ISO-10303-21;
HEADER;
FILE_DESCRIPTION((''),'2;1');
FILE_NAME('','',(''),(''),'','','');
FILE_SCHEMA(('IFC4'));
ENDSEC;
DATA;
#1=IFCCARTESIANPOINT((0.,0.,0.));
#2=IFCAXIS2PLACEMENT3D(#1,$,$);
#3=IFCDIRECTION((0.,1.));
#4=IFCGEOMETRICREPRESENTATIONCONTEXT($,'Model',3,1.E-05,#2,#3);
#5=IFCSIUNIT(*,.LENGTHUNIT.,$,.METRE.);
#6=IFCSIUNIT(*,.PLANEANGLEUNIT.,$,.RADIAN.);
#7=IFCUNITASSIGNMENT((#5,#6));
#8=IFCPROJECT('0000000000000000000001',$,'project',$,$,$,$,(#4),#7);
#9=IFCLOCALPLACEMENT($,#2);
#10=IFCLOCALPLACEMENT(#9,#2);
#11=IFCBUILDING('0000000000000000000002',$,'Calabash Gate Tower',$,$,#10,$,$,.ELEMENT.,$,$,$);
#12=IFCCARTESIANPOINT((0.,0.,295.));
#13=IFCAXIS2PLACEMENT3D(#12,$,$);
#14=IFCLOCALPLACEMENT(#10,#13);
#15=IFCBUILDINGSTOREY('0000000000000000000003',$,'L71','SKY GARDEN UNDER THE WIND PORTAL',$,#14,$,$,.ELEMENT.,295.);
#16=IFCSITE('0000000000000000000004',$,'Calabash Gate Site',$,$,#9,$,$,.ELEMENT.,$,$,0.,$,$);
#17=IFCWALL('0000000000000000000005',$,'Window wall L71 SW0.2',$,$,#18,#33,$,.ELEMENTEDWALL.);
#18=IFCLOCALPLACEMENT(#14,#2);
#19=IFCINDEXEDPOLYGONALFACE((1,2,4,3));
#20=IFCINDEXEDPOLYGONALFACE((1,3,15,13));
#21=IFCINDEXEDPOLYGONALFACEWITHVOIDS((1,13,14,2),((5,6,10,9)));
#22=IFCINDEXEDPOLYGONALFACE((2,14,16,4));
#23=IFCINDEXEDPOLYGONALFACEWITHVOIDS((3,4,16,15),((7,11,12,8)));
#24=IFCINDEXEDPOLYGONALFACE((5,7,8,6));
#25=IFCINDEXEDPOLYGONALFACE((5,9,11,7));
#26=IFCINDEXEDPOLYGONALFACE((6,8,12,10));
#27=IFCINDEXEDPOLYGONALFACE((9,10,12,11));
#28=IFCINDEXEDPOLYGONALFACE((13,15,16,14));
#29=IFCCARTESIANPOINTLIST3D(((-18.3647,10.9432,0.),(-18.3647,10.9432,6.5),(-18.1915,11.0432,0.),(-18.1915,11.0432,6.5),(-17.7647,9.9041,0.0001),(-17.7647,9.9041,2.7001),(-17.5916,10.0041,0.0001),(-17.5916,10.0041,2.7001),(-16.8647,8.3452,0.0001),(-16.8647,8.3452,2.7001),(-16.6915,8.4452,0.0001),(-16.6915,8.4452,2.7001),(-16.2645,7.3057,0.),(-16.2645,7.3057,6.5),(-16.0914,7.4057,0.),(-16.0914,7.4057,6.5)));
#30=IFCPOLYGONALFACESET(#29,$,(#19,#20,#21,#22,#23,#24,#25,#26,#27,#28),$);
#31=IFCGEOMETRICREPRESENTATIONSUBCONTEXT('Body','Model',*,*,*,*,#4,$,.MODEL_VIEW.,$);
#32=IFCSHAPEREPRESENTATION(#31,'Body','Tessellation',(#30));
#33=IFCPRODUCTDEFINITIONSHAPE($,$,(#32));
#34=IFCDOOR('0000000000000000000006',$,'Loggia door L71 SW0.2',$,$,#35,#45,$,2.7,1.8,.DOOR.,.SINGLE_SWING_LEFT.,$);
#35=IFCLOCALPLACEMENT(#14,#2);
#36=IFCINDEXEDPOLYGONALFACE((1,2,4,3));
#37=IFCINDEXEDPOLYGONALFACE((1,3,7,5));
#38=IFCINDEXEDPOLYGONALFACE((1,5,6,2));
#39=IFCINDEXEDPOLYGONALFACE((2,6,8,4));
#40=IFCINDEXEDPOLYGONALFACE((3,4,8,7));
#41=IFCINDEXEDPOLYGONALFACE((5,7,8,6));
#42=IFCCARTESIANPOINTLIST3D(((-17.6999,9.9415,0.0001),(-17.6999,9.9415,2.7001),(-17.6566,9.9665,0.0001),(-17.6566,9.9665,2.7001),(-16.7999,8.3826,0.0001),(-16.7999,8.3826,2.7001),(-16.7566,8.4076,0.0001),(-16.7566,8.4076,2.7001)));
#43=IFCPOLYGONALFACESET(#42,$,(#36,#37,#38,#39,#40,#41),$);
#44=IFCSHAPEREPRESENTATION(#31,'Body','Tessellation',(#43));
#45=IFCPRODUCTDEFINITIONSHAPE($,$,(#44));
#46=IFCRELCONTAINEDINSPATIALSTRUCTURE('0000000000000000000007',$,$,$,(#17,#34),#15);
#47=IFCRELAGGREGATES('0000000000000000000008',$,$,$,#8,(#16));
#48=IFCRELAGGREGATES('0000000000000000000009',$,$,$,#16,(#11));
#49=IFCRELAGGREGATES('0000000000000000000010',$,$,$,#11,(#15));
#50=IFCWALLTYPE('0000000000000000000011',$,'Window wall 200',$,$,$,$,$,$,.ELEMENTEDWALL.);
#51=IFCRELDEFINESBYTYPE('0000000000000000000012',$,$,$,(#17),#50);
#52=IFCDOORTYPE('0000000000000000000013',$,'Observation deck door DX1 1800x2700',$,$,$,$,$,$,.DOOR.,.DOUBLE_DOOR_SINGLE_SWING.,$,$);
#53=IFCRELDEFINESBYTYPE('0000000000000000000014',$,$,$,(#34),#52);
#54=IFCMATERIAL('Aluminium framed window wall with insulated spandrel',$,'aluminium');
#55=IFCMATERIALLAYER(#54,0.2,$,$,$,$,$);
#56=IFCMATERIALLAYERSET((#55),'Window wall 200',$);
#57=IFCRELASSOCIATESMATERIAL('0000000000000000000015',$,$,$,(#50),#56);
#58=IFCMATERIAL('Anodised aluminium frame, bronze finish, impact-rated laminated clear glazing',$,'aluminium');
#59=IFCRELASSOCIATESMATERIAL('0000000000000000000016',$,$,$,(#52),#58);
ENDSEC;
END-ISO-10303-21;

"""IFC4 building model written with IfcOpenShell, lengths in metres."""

from ifc_helpers import new_model, si_unit, direction, frame, frame_2d, origin, place, context, subcontext, project, spatial, rectangle, extrude, material, layer, layer_set, type_object, element, fill, save


model = new_model("IFC4")

# Units and contexts
model_context = context("Model", 3, precision=1e-05, world=origin(), true_north=direction((0.0, 1.0)))
body_context = subcontext(model_context, "Body", "Model", "MODEL_VIEW")
ifc_project = project(units=[si_unit("LENGTHUNIT", "METRE"), si_unit("PLANEANGLEUNIT", "RADIAN")], contexts=[model_context])

# Site, building, storey
site_placement = place(None, origin())
site = spatial("IfcSite", under=ifc_project, at=site_placement, Name="Calabash Gate Site", CompositionType="ELEMENT", RefElevation=0.0)
building_placement = place(site_placement, origin())
building = spatial("IfcBuilding", under=site, at=building_placement, Name="Calabash Gate Tower", CompositionType="ELEMENT")
storey_placement = place(building_placement, frame((0.0, 0.0, 295.0)))
storey = spatial("IfcBuildingStorey", under=building, at=storey_placement, Name="L71", Description="SKY GARDEN UNDER THE WIND PORTAL", CompositionType="ELEMENT", Elevation=295.0)

# Wall, opening, door
ifc_material_1 = material(Name="Aluminium framed window wall with insulated spandrel", Category="aluminium")
ifc_layer_1 = layer(ifc_material_1, 0.2)
ifc_layer_set_1 = layer_set([ifc_layer_1], Name="Window wall 200")
wall_type_1 = type_object("IfcWallType", Name="Window wall 200", PredefinedType="ELEMENTEDWALL", material=ifc_layer_set_1)
wall_1_placement = place(storey_placement, frame((-18.2781, 10.9932, 0.0), z_axis=(0.0, 0.0, 1.0), x_axis=(0.500003, -0.866024, 0.0)))
wall_1 = element("IfcWall", 1, at=wall_1_placement, inside=storey, type_object=wall_type_1, Name="Window wall L71 SW0.2", PredefinedType="ELEMENTEDWALL", context=body_context, shape_type="SweptSolid", body=[
    extrude(rectangle(XDim=4.2002, YDim=0.2, at=frame_2d((2.1001, 0.0))), origin(), (0.0, 0.0, 1.0), 6.5),
])
opening_1_placement = place(wall_1_placement, frame((1.2, 0.0, 0.0)))
opening_1 = element("IfcOpeningElement", 2, at=opening_1_placement, cuts=wall_1, PredefinedType="OPENING", context=body_context, shape_type="SweptSolid", body=[
    extrude(rectangle(XDim=1.8, YDim=2.7, at=frame_2d((0.8999, 1.3501))), frame((0.0, 0.1099, 0.0), z_axis=(0.0, -1.0, 0.0), x_axis=(1.0, 0.0, 0.0)), (0.0, 0.0, 1.0), 0.22),
])
ifc_material_2 = material(Name="Anodised aluminium frame, bronze finish, impact-rated laminated clear glazing", Category="aluminium")
door_type_1 = type_object("IfcDoorType", Name="Observation deck door DX1 1800x2700", OperationType="DOUBLE_DOOR_SINGLE_SWING", PredefinedType="DOOR", material=ifc_material_2)
door_1_placement = place(opening_1_placement, origin())
door_1 = element("IfcDoor", 3, at=door_1_placement, inside=storey, type_object=door_type_1, Name="Loggia door L71 SW0.2", OperationType="SINGLE_SWING_LEFT", OverallHeight=2.7, OverallWidth=1.8, PredefinedType="DOOR", context=body_context, shape_type="SweptSolid", body=[
    extrude(rectangle(XDim=1.8, YDim=2.7, at=frame_2d((0.8999, 1.3501))), frame((0.0, 0.0249, 0.0), z_axis=(0.0, -1.0, 0.0), x_axis=(1.0, 0.0, 0.0)), (0.0, 0.0, 1.0), 0.05),
])
fill(opening_1, door_1)

save(model, "model.ifc")
